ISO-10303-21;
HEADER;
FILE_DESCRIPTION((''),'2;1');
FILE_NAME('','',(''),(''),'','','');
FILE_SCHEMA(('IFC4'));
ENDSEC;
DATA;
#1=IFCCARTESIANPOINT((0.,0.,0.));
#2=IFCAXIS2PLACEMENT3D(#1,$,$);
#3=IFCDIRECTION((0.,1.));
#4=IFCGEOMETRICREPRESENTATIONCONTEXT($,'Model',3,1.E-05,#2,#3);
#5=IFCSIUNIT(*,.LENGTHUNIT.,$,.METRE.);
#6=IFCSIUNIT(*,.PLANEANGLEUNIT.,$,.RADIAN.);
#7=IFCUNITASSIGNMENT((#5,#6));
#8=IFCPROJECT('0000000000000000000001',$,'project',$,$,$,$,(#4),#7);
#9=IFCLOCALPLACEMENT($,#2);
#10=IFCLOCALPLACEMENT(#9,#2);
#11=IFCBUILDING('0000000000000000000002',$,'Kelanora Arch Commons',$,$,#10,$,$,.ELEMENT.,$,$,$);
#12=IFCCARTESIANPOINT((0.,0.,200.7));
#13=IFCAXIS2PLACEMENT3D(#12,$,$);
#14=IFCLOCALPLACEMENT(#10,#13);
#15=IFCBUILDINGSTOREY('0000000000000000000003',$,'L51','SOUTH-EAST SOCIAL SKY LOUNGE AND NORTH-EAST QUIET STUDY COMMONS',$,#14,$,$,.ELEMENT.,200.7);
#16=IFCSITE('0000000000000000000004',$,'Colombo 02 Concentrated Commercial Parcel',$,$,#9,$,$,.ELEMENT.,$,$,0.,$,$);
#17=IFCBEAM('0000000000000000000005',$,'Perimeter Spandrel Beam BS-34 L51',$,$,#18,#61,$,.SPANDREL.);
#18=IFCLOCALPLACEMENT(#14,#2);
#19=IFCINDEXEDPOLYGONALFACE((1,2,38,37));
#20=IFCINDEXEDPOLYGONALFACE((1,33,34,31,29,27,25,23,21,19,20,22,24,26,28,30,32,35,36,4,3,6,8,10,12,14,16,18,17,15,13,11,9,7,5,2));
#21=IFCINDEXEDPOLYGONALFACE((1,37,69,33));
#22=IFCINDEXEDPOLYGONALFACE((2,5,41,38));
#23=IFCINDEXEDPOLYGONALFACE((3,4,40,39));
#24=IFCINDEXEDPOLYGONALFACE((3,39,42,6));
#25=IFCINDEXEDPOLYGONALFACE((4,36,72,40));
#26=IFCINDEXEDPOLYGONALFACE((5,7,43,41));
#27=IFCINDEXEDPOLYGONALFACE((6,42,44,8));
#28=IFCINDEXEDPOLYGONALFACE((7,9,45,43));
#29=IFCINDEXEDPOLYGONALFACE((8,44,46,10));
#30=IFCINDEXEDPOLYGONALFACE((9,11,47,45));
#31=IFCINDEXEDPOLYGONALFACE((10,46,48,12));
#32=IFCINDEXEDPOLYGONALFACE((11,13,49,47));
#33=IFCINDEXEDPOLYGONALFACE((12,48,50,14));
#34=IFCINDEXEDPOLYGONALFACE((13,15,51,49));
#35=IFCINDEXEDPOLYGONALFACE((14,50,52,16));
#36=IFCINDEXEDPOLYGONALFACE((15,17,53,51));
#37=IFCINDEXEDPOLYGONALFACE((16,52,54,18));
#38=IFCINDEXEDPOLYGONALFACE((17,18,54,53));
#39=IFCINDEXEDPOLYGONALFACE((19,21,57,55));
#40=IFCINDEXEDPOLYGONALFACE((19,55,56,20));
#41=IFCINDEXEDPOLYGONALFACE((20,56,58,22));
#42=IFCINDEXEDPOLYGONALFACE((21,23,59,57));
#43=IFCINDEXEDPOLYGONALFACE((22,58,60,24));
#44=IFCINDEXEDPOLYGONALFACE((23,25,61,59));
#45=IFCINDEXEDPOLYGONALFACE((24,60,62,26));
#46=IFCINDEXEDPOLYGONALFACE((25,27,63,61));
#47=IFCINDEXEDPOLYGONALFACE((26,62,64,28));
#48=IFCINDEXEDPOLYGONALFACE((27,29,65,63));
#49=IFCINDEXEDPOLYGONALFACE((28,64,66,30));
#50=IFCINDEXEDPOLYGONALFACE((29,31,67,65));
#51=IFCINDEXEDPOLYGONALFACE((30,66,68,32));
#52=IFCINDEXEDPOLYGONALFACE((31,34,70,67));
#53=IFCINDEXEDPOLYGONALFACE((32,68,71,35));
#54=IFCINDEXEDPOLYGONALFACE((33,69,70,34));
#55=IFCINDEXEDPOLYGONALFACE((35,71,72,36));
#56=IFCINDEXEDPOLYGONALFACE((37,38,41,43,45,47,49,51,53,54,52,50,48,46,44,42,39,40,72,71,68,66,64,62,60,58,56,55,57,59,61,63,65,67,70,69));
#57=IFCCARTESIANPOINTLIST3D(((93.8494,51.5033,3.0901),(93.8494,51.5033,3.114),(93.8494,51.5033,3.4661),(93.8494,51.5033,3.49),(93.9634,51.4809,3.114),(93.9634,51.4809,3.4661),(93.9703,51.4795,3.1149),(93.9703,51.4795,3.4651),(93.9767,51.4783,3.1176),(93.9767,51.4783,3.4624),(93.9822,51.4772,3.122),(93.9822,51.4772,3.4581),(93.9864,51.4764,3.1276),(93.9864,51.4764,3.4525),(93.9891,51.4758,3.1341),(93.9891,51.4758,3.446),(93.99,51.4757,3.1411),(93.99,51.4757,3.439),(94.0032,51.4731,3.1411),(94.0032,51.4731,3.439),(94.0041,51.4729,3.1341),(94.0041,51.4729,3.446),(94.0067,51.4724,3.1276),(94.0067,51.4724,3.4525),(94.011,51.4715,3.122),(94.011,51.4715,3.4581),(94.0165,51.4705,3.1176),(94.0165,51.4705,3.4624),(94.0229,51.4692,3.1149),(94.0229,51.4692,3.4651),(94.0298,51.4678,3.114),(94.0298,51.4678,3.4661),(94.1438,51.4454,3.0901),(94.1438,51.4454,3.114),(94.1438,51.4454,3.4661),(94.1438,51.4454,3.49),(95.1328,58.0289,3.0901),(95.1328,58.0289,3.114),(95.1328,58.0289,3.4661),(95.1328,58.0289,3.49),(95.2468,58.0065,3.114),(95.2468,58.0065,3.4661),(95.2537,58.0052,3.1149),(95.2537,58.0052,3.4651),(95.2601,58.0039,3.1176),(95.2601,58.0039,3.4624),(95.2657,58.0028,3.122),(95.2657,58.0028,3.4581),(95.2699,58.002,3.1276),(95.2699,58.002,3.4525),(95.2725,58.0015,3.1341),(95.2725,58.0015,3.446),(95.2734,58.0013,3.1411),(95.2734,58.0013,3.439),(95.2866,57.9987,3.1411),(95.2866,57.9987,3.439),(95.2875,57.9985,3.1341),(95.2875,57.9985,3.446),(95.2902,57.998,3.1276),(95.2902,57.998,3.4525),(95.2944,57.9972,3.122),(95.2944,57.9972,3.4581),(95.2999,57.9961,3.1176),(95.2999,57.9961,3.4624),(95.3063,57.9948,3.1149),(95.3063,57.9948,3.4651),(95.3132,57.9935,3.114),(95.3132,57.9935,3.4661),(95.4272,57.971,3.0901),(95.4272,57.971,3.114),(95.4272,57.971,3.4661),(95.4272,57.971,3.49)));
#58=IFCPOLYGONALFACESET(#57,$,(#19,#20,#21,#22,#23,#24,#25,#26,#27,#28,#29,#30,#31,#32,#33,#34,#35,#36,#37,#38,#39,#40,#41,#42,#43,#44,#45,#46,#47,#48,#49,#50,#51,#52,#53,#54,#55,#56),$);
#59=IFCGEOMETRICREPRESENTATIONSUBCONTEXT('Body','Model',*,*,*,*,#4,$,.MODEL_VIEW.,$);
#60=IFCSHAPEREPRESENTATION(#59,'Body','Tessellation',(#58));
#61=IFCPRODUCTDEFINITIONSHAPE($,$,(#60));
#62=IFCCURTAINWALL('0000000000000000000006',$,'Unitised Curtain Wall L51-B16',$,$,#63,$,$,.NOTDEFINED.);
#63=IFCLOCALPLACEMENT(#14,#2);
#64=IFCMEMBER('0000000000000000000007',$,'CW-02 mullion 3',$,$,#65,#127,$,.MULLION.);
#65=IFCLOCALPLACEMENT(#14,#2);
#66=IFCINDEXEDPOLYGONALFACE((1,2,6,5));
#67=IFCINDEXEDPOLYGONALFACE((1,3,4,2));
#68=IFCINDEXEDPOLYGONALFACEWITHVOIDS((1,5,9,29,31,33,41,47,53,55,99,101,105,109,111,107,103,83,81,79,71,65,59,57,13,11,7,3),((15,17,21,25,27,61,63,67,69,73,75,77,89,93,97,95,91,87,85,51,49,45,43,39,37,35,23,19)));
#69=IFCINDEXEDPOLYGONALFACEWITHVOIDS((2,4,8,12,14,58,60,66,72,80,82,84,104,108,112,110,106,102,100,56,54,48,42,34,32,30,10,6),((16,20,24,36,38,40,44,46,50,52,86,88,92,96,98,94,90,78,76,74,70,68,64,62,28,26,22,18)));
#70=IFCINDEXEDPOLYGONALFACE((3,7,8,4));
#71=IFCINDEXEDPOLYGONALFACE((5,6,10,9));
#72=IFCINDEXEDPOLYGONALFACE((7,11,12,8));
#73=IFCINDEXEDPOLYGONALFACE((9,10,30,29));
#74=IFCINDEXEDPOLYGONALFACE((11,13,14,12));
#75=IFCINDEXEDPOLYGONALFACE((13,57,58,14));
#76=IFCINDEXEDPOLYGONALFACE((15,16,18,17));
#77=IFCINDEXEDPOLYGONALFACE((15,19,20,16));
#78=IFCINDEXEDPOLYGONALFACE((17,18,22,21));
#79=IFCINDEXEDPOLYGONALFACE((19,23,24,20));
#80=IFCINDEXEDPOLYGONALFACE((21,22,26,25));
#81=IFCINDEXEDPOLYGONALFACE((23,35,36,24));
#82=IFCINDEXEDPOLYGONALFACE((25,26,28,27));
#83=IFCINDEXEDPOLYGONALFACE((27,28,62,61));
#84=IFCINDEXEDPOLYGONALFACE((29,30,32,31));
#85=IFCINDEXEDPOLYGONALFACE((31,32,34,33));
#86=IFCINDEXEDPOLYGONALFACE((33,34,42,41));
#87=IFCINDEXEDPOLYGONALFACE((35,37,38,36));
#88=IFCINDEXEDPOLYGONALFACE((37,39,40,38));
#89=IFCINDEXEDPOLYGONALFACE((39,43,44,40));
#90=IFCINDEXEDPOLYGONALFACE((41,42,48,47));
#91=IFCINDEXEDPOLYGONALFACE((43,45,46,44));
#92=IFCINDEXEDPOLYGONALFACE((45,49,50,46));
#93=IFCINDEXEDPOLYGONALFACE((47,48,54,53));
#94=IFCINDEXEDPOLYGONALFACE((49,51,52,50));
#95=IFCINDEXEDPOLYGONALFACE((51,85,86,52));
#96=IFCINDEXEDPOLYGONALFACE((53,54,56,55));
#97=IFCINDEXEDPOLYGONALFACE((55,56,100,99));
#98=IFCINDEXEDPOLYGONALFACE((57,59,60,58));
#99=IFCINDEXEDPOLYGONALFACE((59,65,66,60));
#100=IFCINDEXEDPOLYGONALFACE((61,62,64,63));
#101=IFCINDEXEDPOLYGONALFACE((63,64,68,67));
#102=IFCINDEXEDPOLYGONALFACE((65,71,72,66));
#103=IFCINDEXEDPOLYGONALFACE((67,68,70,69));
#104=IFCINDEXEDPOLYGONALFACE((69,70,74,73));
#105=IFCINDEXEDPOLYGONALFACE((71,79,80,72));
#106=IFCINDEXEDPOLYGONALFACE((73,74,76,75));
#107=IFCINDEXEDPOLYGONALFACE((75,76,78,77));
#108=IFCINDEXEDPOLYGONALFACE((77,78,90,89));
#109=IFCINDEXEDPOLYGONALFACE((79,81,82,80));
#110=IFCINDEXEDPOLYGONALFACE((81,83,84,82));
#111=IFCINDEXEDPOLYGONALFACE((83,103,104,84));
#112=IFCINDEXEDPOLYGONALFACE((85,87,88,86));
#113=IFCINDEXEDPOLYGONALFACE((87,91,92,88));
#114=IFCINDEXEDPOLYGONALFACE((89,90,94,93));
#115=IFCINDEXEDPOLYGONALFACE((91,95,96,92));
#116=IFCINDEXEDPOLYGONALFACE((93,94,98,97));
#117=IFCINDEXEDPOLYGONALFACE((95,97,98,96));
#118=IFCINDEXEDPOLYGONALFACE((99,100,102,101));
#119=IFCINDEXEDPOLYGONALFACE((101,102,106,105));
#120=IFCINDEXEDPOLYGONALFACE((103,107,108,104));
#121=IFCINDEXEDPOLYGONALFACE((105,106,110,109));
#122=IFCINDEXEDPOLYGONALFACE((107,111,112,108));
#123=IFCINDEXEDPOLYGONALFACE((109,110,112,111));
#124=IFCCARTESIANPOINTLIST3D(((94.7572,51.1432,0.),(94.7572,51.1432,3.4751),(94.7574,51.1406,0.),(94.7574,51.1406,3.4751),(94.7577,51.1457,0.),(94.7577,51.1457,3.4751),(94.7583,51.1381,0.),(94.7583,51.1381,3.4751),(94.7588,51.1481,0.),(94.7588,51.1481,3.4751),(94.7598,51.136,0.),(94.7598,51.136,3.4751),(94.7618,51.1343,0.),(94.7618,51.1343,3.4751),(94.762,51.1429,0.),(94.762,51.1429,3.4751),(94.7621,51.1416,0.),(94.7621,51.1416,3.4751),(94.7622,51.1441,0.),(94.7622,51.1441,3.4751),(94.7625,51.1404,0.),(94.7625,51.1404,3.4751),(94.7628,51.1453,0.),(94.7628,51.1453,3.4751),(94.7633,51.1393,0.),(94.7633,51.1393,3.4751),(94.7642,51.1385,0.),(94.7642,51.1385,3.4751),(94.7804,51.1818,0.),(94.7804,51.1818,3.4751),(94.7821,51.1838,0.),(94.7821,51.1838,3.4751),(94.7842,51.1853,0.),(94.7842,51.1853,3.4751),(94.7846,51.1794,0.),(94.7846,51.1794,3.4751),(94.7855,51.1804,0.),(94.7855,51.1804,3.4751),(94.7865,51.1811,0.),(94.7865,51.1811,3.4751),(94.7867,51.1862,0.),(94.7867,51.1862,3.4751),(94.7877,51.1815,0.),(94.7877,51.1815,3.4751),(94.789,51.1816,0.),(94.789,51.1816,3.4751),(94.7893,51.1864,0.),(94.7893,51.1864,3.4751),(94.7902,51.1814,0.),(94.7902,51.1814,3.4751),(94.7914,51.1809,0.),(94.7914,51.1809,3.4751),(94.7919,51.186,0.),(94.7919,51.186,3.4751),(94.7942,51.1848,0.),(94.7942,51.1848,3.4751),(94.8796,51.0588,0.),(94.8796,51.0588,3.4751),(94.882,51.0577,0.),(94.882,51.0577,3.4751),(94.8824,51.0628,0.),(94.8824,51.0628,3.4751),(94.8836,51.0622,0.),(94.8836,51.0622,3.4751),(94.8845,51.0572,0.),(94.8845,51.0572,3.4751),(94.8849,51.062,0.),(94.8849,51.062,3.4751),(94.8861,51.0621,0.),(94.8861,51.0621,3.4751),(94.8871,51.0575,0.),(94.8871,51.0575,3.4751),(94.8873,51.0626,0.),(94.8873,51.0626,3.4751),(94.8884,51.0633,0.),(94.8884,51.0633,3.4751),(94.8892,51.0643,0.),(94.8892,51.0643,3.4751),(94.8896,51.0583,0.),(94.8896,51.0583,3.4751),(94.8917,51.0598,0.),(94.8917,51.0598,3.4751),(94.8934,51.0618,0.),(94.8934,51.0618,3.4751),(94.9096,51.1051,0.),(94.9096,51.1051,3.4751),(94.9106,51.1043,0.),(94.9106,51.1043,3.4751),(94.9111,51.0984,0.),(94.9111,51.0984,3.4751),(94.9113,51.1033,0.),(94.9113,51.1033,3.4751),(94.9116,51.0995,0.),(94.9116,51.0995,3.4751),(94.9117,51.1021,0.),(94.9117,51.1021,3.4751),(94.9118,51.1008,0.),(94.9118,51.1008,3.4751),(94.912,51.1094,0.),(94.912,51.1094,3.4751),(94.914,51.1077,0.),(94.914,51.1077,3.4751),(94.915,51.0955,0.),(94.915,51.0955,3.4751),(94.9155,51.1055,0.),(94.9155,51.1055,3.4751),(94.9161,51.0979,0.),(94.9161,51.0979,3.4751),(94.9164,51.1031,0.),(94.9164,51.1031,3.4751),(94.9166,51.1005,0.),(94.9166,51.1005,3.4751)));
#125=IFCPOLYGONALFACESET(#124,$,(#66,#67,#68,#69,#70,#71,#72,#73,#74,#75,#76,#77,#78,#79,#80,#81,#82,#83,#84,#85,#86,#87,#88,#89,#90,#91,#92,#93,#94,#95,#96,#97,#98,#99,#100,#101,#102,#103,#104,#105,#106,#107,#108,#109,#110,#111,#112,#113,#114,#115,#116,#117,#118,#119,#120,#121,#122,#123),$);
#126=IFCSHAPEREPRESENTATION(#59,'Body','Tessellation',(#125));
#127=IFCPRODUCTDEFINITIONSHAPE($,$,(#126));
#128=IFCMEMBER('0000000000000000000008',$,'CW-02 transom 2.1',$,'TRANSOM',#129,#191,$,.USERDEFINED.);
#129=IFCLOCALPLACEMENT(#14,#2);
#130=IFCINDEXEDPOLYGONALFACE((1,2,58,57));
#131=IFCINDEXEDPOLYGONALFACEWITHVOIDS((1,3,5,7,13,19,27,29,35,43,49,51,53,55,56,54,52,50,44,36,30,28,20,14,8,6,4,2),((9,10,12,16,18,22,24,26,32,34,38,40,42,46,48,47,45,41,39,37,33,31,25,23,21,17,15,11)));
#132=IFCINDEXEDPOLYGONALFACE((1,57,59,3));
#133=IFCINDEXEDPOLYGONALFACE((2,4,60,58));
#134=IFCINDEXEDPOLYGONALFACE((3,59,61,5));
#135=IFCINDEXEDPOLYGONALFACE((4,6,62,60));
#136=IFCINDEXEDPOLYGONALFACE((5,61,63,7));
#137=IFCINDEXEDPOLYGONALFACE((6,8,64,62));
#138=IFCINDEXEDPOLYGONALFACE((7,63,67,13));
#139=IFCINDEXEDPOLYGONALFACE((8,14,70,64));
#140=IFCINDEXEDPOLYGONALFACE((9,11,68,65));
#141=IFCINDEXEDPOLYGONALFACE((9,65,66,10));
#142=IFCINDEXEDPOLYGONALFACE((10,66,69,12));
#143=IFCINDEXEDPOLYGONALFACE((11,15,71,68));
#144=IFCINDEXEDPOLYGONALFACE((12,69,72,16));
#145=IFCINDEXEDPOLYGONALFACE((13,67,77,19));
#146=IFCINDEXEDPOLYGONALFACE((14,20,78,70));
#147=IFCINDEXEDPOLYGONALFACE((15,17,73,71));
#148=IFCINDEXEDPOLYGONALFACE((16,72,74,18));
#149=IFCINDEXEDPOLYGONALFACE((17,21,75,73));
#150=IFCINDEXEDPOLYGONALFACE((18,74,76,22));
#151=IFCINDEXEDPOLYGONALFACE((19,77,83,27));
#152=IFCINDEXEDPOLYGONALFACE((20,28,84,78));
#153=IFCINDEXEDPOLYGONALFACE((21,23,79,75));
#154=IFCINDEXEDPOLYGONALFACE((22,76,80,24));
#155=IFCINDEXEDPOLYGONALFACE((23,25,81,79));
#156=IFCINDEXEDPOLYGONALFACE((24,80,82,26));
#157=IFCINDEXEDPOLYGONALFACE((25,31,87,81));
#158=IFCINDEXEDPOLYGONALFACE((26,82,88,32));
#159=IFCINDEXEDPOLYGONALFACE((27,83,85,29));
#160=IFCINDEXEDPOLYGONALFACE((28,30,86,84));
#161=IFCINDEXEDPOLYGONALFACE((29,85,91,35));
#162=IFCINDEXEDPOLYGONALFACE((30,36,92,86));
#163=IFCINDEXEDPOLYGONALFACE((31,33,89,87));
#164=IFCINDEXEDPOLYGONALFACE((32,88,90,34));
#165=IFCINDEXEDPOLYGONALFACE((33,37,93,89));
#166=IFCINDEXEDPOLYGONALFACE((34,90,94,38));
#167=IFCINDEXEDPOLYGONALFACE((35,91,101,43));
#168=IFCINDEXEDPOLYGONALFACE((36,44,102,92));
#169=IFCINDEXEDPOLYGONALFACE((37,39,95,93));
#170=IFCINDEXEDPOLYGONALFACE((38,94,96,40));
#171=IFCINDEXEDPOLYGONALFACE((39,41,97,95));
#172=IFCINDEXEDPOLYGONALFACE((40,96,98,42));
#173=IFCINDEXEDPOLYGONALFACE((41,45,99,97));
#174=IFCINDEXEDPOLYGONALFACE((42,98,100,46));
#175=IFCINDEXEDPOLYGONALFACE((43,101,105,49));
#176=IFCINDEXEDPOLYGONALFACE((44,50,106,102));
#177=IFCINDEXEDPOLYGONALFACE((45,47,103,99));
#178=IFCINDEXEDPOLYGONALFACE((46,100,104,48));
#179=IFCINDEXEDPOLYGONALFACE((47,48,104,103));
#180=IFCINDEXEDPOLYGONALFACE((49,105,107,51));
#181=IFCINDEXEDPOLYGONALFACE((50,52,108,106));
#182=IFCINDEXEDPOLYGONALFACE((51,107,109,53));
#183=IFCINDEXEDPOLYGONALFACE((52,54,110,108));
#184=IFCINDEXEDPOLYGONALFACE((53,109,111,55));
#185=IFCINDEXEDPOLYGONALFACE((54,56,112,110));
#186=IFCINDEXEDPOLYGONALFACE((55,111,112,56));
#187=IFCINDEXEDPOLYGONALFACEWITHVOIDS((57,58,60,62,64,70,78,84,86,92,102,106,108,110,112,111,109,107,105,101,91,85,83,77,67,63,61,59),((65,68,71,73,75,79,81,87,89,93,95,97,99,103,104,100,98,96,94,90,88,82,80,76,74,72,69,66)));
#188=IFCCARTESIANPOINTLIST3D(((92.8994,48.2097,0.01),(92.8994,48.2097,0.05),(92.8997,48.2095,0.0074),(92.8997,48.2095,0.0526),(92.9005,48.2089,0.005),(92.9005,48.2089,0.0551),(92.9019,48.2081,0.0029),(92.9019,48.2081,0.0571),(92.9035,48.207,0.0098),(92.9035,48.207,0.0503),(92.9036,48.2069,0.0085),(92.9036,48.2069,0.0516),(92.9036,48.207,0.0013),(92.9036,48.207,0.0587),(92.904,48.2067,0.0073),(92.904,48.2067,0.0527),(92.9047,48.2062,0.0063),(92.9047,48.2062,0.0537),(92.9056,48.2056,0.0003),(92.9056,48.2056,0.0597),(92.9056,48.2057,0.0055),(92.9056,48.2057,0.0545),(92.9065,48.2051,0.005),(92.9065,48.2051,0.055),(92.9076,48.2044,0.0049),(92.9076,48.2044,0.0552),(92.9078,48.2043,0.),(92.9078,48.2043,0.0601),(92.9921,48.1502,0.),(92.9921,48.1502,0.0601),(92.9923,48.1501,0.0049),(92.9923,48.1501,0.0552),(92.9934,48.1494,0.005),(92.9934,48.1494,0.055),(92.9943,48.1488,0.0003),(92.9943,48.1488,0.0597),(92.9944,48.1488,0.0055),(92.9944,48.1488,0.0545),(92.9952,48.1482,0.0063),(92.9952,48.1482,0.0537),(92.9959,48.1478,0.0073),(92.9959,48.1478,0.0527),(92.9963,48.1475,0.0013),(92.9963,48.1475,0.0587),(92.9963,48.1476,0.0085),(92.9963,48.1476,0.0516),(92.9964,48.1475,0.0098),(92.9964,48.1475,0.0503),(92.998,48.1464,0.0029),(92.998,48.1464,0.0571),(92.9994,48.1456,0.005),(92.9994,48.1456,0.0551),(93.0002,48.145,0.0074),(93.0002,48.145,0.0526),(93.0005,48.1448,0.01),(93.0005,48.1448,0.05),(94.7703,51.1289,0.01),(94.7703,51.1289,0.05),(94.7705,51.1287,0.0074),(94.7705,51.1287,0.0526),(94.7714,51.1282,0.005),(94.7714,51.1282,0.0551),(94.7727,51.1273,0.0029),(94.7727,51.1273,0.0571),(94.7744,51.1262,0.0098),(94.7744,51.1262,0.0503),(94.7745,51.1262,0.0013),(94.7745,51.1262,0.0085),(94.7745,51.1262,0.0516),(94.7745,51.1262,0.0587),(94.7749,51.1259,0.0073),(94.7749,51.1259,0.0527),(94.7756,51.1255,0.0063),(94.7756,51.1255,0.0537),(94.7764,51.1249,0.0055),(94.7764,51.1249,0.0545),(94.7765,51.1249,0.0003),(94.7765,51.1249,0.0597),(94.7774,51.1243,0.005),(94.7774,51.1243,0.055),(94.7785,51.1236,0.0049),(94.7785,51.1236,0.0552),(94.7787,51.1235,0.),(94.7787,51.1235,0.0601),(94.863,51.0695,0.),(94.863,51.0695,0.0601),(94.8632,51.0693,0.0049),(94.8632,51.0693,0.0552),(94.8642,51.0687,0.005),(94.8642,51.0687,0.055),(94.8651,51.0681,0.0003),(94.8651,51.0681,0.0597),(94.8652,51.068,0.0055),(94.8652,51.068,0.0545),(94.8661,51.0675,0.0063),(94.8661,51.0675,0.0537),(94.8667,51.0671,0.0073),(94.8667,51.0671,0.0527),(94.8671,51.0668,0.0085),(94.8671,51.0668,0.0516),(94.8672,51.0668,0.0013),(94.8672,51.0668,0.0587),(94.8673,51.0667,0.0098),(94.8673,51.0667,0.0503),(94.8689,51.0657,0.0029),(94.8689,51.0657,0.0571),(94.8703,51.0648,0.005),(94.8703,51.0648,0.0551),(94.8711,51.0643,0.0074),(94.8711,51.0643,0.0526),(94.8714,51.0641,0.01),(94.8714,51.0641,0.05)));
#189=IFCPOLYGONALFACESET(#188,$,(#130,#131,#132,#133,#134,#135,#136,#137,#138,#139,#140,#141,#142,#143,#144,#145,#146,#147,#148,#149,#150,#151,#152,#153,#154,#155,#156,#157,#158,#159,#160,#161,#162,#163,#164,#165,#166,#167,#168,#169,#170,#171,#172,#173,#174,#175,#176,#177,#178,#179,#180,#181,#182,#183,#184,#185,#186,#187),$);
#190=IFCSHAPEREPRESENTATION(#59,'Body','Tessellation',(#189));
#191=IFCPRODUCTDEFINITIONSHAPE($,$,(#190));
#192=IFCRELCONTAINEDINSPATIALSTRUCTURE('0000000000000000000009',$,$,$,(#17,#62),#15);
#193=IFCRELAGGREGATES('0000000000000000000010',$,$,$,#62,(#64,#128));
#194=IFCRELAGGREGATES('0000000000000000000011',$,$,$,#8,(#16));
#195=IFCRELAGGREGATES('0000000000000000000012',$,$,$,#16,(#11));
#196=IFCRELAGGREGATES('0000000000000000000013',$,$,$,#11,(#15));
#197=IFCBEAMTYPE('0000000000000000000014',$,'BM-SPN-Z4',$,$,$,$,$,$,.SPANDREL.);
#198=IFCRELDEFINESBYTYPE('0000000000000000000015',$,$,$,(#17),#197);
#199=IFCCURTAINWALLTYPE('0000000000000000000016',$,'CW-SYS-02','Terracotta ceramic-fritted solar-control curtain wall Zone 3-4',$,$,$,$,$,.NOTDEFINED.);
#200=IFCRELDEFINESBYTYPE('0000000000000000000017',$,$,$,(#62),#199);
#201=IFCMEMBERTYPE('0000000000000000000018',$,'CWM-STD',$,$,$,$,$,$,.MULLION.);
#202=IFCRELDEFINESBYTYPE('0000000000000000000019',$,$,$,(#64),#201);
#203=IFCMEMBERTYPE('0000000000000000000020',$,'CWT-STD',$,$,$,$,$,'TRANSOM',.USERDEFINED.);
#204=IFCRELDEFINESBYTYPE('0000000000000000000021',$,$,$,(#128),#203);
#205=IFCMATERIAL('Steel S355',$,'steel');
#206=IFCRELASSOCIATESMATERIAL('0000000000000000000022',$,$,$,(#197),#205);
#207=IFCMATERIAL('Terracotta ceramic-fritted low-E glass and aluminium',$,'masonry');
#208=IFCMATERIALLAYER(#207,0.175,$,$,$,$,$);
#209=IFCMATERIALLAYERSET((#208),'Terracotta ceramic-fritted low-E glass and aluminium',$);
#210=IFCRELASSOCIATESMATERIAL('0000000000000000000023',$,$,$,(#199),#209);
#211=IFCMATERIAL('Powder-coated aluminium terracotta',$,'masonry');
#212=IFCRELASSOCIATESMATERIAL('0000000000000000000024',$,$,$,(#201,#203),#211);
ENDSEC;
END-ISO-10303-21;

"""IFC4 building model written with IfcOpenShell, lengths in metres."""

from ifc_helpers import new_model, si_unit, direction, frame, origin, origin_2d, place, context, subcontext, project, spatial, hollow_rectangle, i_section, extrude, material, layer, layer_set, material_profile, profile_set, type_object, element, aggregate, save


model = new_model("IFC4")

# Units and contexts
model_context = context("Model", 3, precision=1e-05, world=origin(), true_north=direction((0.0, 1.0)))
body_context = subcontext(model_context, "Body", "Model", "MODEL_VIEW")
ifc_project = project(units=[si_unit("LENGTHUNIT", "METRE"), si_unit("PLANEANGLEUNIT", "RADIAN")], contexts=[model_context])

# Site, building, storey
site_placement = place(None, origin())
site = spatial("IfcSite", under=ifc_project, at=site_placement, Name="Colombo 02 Concentrated Commercial Parcel", CompositionType="ELEMENT", RefElevation=0.0)
building_placement = place(site_placement, origin())
building = spatial("IfcBuilding", under=site, at=building_placement, Name="Kelanora Arch Commons", CompositionType="ELEMENT")
storey_placement = place(building_placement, frame((0.0, 0.0, 200.7)))
storey = spatial("IfcBuildingStorey", under=building, at=storey_placement, Name="L51", Description="SOUTH-EAST SOCIAL SKY LOUNGE AND NORTH-EAST QUIET STUDY COMMONS", CompositionType="ELEMENT", Elevation=200.7)

# Beam
ifc_material_1 = material(Name="Steel S355", Category="steel")
ifc_material_profile_1 = material_profile(ifc_material_1, i_section(OverallWidth=0.3, OverallDepth=0.3999, WebThickness=0.0134, FlangeThickness=0.0239, FilletRadius=0.0271, at=origin_2d()), Name="HEB400")
ifc_profile_set_1 = profile_set([ifc_material_profile_1], Name="Steel S355")
beam_type_1 = type_object("IfcBeamType", Name="BM-SPN-Z4", PredefinedType="SPANDREL", material=ifc_profile_set_1)
beam_1_placement = place(storey_placement, frame((93.9966, 51.4744, 3.29), z_axis=(0.192981, 0.981203, 0.0), x_axis=(-0.981203, 0.192981, 0.0)))
element("IfcBeam", 1, at=beam_1_placement, inside=storey, type_object=beam_type_1, Name="Perimeter Spandrel Beam BS-34 L51", PredefinedType="SPANDREL", context=body_context, shape_type="SweptSolid", body=[
    extrude(i_section(OverallWidth=0.3, OverallDepth=0.3999, WebThickness=0.0134, FlangeThickness=0.0239, FilletRadius=0.0271, at=origin_2d()), origin(), (0.0, 0.0, 1.0), 6.6506),
])

# Curtain wall, members
ifc_material_2 = material(Name="Terracotta ceramic-fritted low-E glass and aluminium", Category="masonry")
ifc_layer_1 = layer(ifc_material_2, 0.175)
ifc_layer_set_1 = layer_set([ifc_layer_1], Name="Terracotta ceramic-fritted low-E glass and aluminium")
curtain_wall_type = type_object("IfcCurtainWallType", Name="CW-SYS-02", Description="Terracotta ceramic-fritted solar-control curtain wall Zone 3-4", PredefinedType="NOTDEFINED", material=ifc_layer_set_1)
curtain_wall_placement = place(storey_placement, origin())
curtain_wall = element("IfcCurtainWall", 2, at=curtain_wall_placement, inside=storey, type_object=curtain_wall_type, Name="Unitised Curtain Wall L51-B16", PredefinedType="NOTDEFINED")
ifc_material_3 = material(Name="Powder-coated aluminium terracotta", Category="masonry")
ifc_material_profile_2 = material_profile(ifc_material_3, hollow_rectangle(XDim=0.1599, YDim=0.0601, WallThickness=0.0049, InnerFilletRadius=0.0049, OuterFilletRadius=0.01, at=origin_2d()), Name="CWM160x60")
ifc_profile_set_2 = profile_set([ifc_material_profile_2], Name="Powder-coated aluminium terracotta")
member_type_1 = type_object("IfcMemberType", Name="CWM-STD", PredefinedType="MULLION", material=ifc_profile_set_2)
member_1_placement = place(storey_placement, frame((94.8369, 51.1218, 0.0), z_axis=(0.0, 0.0, 1.0), x_axis=(-0.841948, 0.539559, 0.0)))
member_1 = element("IfcMember", 3, at=member_1_placement, type_object=member_type_1, Name="CW-02 mullion 3", PredefinedType="MULLION", context=body_context, shape_type="SweptSolid", body=[
    extrude(hollow_rectangle(XDim=0.1599, YDim=0.0601, WallThickness=0.0049, InnerFilletRadius=0.0049, OuterFilletRadius=0.01, at=origin_2d()), origin(), (0.0, 0.0, 1.0), 3.4751),
])
ifc_material_profile_3 = material_profile(ifc_material_3, hollow_rectangle(XDim=0.1201, YDim=0.0601, WallThickness=0.0049, InnerFilletRadius=0.0049, OuterFilletRadius=0.01, at=origin_2d()), Name="CWT120x60")
ifc_profile_set_3 = profile_set([ifc_material_profile_3], Name="Powder-coated aluminium terracotta")
member_type_2 = type_object("IfcMemberType", Name="CWT-STD", ElementType="TRANSOM", PredefinedType="USERDEFINED", material=ifc_profile_set_3)
member_2_placement = place(storey_placement, frame((92.95, 48.1772, 0.03), z_axis=(0.539579, 0.841935, 0.0), x_axis=(-0.841935, 0.539579, 0.0)))
member_2 = element("IfcMember", 4, at=member_2_placement, type_object=member_type_2, Name="CW-02 transom 2.1", ObjectType="TRANSOM", PredefinedType="USERDEFINED", context=body_context, shape_type="SweptSolid", body=[
    extrude(hollow_rectangle(XDim=0.1201, YDim=0.0601, WallThickness=0.0049, InnerFilletRadius=0.0049, OuterFilletRadius=0.01, at=origin_2d()), origin(), (0.0, 0.0, 1.0), 3.4673),
])
aggregate(curtain_wall, [member_1, member_2])

save(model, "model.ifc")
